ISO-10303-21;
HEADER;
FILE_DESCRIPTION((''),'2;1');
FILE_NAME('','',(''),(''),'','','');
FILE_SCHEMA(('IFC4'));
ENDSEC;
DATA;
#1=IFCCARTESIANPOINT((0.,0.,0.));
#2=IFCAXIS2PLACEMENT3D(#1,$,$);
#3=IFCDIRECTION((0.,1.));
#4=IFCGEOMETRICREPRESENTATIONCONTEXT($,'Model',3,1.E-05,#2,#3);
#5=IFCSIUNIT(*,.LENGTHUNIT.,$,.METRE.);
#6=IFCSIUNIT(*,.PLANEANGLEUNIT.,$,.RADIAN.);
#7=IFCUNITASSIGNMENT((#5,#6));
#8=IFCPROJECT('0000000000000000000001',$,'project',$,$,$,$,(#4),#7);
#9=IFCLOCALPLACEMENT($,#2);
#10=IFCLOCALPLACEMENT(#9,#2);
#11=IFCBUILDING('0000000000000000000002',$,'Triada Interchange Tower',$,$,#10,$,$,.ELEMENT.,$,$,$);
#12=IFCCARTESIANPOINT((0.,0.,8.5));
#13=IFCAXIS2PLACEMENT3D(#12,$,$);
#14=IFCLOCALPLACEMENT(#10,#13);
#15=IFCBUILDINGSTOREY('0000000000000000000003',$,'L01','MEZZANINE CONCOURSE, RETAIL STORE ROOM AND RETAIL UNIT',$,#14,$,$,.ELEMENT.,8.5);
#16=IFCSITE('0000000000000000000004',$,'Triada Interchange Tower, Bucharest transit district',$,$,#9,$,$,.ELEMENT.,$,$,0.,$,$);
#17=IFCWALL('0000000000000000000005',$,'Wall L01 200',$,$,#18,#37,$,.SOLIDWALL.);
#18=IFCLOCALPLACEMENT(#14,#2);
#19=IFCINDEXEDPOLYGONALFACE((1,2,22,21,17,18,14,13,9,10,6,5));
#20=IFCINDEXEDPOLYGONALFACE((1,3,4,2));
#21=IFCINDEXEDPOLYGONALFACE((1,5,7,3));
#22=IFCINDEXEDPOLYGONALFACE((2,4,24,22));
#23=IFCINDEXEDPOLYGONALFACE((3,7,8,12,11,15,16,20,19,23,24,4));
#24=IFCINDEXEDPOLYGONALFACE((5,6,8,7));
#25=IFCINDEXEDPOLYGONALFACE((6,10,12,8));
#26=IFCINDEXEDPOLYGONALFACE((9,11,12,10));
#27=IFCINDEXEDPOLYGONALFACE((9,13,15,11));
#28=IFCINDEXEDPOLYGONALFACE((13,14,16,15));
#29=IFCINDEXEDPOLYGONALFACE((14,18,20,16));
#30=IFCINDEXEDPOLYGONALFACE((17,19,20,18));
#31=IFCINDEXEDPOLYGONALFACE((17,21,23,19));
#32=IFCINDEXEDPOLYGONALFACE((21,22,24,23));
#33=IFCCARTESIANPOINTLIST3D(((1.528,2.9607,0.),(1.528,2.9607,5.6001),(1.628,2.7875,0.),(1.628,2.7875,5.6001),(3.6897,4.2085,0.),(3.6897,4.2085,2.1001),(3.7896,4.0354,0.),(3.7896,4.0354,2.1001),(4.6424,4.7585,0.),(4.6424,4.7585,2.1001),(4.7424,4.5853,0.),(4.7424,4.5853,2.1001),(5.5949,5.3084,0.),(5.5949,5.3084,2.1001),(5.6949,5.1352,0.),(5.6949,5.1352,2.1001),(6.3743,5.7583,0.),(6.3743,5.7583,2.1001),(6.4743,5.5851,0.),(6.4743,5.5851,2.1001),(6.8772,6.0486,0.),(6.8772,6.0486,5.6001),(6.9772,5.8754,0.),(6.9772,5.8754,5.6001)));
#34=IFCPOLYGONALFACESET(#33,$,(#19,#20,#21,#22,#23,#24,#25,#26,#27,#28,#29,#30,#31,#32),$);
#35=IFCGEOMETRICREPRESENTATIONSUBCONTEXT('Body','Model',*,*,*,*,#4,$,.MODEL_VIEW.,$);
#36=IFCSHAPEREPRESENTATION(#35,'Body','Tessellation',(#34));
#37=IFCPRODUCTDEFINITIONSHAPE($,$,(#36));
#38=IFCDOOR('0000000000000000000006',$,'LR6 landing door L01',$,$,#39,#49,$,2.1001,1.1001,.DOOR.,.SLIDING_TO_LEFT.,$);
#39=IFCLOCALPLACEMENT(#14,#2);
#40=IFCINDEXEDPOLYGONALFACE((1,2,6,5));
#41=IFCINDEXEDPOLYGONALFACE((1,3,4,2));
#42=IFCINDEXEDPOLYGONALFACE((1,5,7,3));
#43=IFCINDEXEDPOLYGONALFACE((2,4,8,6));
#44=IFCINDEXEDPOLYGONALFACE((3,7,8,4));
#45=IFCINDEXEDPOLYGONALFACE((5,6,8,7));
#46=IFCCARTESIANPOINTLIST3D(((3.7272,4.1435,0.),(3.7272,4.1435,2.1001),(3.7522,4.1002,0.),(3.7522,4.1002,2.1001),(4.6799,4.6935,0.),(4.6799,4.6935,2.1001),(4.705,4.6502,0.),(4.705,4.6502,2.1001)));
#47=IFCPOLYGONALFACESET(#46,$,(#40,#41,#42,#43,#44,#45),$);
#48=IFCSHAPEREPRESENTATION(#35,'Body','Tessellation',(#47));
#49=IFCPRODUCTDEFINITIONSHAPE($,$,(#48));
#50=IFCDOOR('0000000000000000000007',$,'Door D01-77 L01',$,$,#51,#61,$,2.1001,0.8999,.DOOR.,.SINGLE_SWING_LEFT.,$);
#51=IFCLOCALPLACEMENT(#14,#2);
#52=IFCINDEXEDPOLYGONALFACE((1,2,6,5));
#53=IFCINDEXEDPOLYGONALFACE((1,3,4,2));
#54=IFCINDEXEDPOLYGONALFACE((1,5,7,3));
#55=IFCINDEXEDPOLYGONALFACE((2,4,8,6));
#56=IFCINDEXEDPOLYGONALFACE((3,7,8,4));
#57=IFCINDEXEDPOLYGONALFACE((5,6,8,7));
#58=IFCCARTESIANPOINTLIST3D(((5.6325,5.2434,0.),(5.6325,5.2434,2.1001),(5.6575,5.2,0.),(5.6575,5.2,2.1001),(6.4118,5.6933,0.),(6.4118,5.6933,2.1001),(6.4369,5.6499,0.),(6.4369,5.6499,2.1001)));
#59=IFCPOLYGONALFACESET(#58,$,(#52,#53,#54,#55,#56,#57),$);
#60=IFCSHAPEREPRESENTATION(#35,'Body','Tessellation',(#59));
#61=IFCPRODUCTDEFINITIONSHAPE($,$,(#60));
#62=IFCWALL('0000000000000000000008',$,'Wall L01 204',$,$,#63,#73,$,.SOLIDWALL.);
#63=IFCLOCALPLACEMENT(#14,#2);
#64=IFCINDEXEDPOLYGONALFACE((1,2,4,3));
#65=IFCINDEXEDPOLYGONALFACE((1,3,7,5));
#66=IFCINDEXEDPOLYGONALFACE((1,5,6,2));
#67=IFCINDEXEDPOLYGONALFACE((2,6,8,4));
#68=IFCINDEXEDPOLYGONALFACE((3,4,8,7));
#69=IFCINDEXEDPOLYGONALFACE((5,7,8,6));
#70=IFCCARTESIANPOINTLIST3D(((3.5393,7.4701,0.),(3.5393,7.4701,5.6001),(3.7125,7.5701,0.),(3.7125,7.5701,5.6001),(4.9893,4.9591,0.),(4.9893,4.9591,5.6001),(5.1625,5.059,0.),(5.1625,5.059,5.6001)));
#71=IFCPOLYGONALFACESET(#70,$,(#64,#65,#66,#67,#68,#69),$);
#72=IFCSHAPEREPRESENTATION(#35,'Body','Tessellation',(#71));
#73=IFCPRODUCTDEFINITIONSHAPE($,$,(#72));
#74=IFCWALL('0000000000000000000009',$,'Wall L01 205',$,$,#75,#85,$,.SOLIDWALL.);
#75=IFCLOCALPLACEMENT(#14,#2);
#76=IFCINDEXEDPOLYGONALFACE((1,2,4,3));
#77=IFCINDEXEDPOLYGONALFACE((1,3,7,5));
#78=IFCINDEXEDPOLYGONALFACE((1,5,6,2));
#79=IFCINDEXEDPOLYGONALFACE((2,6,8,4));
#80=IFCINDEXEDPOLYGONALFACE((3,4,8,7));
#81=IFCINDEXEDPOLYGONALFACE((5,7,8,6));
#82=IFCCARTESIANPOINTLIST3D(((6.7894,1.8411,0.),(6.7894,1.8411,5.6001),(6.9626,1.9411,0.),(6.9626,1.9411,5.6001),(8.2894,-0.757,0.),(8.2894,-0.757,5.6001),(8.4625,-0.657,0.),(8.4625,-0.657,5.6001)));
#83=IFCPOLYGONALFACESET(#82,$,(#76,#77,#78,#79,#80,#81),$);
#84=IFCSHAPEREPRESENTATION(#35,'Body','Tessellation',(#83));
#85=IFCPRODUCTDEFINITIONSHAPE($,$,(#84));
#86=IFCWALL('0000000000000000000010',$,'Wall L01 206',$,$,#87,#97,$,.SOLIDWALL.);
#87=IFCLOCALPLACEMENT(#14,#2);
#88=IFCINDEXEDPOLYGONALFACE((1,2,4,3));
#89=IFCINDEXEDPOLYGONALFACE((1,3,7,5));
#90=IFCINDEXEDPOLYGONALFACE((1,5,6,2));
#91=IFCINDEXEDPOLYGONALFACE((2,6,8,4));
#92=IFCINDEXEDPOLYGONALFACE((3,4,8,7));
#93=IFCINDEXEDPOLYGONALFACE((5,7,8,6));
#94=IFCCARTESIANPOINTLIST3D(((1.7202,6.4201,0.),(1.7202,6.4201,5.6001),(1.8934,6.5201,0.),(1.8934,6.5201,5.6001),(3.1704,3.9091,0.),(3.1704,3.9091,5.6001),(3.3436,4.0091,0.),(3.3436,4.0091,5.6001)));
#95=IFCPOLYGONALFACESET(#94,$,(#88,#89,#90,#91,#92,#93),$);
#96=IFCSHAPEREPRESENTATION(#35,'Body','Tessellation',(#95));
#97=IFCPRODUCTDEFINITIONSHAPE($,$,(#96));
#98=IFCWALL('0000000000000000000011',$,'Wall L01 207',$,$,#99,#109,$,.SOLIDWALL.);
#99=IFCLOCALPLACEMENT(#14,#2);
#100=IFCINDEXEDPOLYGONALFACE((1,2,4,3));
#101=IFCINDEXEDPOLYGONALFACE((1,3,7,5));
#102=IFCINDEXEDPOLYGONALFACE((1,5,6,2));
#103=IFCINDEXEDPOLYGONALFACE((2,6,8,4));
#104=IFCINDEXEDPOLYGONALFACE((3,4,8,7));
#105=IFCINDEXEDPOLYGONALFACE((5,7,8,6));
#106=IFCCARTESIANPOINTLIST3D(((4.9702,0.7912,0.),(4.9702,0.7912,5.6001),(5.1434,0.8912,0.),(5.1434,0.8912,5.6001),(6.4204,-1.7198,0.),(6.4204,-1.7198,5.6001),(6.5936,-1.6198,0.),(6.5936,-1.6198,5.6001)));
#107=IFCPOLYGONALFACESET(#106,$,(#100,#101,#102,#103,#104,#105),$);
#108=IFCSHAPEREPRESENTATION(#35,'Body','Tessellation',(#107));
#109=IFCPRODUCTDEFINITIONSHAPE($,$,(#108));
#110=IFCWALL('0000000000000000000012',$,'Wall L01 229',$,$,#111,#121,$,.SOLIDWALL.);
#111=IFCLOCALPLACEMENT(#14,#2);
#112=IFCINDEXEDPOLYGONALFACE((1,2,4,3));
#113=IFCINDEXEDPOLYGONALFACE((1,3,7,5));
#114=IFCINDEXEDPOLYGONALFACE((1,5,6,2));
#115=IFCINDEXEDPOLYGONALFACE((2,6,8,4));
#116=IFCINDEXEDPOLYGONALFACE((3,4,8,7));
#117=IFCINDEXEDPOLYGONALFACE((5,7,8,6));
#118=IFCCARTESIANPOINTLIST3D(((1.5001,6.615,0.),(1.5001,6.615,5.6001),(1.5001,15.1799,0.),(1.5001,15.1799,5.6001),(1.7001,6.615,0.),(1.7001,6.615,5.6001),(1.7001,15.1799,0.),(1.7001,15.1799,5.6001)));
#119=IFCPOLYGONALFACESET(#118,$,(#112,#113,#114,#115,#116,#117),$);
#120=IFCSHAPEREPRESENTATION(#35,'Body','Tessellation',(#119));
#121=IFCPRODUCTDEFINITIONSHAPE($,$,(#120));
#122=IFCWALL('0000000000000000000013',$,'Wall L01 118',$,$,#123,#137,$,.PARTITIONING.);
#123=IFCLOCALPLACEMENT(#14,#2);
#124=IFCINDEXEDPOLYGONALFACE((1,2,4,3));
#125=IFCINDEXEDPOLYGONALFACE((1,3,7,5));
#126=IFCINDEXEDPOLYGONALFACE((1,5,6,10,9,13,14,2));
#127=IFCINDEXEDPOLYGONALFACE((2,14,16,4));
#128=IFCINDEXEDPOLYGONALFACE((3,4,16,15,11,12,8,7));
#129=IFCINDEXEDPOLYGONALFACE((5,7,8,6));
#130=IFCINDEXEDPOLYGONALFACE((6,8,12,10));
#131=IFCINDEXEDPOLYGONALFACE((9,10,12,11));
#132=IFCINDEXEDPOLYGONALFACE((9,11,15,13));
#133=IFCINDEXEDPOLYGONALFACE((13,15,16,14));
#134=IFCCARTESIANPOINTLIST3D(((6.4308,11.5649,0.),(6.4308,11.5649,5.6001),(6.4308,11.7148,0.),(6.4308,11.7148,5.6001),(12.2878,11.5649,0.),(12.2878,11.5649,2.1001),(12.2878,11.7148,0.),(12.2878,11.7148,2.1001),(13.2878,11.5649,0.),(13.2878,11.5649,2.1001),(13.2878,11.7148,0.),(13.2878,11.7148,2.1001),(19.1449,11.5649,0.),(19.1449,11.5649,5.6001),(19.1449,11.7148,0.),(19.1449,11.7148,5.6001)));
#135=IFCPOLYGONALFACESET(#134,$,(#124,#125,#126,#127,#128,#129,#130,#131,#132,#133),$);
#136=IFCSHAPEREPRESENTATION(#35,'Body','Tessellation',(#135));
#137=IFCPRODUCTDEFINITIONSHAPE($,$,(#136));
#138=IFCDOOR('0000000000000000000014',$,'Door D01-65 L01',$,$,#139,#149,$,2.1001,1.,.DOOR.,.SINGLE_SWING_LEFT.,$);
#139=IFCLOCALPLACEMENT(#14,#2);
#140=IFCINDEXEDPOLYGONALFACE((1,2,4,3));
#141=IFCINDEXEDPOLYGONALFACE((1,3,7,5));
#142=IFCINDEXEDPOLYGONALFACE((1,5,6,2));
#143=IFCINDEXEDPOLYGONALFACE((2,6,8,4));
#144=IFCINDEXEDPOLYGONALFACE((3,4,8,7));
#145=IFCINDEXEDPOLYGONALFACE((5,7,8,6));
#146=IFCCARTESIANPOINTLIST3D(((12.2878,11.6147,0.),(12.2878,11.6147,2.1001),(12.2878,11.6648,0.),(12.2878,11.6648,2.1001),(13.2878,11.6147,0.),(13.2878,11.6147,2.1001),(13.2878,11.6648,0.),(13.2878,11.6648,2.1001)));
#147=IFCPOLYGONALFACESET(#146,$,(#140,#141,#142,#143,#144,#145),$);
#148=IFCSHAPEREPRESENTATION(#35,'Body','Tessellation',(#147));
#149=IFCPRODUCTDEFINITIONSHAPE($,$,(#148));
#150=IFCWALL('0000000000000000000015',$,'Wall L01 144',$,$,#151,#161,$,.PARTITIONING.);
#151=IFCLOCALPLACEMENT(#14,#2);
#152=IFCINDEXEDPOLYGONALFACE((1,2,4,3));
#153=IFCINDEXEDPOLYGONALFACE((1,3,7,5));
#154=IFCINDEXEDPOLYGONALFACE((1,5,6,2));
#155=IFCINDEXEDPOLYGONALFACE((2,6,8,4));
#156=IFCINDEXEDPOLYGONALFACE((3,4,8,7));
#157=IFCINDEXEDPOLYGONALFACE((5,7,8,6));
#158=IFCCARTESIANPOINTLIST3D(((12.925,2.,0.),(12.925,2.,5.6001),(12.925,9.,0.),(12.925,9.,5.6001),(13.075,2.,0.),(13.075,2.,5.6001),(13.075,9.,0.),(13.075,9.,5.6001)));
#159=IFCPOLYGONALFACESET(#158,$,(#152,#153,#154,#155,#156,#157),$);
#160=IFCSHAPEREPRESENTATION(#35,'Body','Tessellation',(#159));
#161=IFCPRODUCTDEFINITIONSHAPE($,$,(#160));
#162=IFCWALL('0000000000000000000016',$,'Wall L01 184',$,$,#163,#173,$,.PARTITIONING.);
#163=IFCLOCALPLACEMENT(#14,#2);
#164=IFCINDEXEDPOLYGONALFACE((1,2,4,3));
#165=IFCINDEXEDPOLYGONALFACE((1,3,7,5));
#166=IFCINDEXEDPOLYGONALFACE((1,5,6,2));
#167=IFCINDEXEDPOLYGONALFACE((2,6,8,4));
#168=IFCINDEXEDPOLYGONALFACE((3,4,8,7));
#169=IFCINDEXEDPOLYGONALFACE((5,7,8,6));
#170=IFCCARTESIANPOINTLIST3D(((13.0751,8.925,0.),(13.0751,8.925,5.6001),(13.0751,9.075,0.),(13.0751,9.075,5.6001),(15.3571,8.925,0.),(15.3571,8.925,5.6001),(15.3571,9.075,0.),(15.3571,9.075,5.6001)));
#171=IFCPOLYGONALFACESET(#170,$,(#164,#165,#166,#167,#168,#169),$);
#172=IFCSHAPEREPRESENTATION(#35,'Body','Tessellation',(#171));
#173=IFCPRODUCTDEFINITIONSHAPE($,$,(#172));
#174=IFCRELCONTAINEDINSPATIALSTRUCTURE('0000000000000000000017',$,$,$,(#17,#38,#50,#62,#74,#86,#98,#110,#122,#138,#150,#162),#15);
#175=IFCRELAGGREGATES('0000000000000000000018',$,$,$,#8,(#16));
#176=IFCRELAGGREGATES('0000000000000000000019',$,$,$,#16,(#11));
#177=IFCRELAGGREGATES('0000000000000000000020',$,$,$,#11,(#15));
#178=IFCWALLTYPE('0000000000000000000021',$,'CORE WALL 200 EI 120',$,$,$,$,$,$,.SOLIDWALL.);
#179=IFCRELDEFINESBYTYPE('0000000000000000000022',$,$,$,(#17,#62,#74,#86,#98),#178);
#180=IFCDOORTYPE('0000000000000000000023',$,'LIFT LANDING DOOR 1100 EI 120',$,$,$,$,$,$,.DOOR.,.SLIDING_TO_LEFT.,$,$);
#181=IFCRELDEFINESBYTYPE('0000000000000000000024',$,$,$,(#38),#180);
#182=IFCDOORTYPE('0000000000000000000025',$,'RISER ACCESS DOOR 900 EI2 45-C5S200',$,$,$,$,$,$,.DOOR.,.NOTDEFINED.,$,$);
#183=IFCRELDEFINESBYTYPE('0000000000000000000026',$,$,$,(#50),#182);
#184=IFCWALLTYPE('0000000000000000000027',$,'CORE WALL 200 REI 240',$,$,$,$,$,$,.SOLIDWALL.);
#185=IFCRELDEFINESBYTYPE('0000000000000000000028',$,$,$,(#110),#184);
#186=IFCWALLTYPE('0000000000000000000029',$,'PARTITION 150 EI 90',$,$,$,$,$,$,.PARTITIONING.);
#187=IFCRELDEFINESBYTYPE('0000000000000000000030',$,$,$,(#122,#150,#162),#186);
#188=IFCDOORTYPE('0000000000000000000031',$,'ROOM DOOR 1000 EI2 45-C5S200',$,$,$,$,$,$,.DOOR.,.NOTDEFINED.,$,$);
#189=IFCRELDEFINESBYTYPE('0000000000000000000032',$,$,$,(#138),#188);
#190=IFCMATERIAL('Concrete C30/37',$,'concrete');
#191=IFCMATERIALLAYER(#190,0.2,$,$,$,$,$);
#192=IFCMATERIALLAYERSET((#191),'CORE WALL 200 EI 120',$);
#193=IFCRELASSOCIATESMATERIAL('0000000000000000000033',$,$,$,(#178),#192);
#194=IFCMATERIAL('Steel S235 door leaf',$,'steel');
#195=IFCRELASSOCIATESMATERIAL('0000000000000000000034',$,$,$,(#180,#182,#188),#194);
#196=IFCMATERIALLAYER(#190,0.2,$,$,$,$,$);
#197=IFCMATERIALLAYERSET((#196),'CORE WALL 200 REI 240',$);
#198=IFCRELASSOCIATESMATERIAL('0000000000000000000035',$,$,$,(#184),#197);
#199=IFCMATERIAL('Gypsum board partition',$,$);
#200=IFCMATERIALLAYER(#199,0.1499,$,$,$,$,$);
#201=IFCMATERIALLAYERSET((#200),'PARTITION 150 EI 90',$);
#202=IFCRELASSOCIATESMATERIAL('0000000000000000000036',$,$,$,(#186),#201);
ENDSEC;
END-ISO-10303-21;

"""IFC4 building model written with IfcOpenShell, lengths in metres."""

from ifc_helpers import new_model, si_unit, direction, frame, frame_2d, origin, place, context, subcontext, project, spatial, rectangle, extrude, material, layer, layer_set, type_object, element, fill, save


model = new_model("IFC4")

# Units and contexts
model_context = context("Model", 3, precision=1e-05, world=origin(), true_north=direction((0.0, 1.0)))
body_context = subcontext(model_context, "Body", "Model", "MODEL_VIEW")
ifc_project = project(units=[si_unit("LENGTHUNIT", "METRE"), si_unit("PLANEANGLEUNIT", "RADIAN")], contexts=[model_context])

# Site, building, storey
site_placement = place(None, origin())
site = spatial("IfcSite", under=ifc_project, at=site_placement, Name="Triada Interchange Tower, Bucharest transit district", CompositionType="ELEMENT", RefElevation=0.0)
building_placement = place(site_placement, origin())
building = spatial("IfcBuilding", under=site, at=building_placement, Name="Triada Interchange Tower", CompositionType="ELEMENT")
storey_placement = place(building_placement, frame((0.0, 0.0, 8.5)))
storey = spatial("IfcBuildingStorey", under=building, at=storey_placement, Name="L01", Description="MEZZANINE CONCOURSE, RETAIL STORE ROOM AND RETAIL UNIT", CompositionType="ELEMENT", Elevation=8.5)

# Shared definitions
ifc_material_1 = material(Name="Concrete C30/37", Category="concrete")
ifc_layer_1 = layer(ifc_material_1, 0.2)
ifc_layer_set_1 = layer_set([ifc_layer_1], Name="CORE WALL 200 EI 120")
wall_type_1 = type_object("IfcWallType", Name="CORE WALL 200 EI 120", PredefinedType="SOLIDWALL", material=ifc_layer_set_1)
ifc_material_2 = material(Name="Steel S235 door leaf", Category="steel")
door_type_1 = type_object("IfcDoorType", Name="LIFT LANDING DOOR 1100 EI 120", OperationType="SLIDING_TO_LEFT", PredefinedType="DOOR", material=ifc_material_2)

# Wall, openings, doors
wall_1_placement = place(storey_placement, frame((1.5779, 2.874, 0.0), z_axis=(0.0, 0.0, 1.0), x_axis=(0.866055, 0.499948, 0.0)))
wall_1 = element("IfcWall", 1, at=wall_1_placement, inside=storey, type_object=wall_type_1, Name="Wall L01 200", PredefinedType="SOLIDWALL", context=body_context, shape_type="SweptSolid", body=[
    extrude(rectangle(XDim=6.1765, YDim=0.2, at=frame_2d((3.0884, 0.0))), origin(), (0.0, 0.0, 1.0), 5.6001),
])
opening_1_placement = place(wall_1_placement, frame((2.4961, 0.0, 0.0)))
opening_1 = element("IfcOpeningElement", 2, at=opening_1_placement, cuts=wall_1, PredefinedType="OPENING", context=body_context, shape_type="SweptSolid", body=[
    extrude(rectangle(XDim=1.1001, YDim=2.1001, at=frame_2d((0.55, 1.05))), frame((0.0, 0.1099, 0.0), z_axis=(0.0, -1.0, 0.0), x_axis=(1.0, 0.0, 0.0)), (0.0, 0.0, 1.0), 0.22),
])
opening_2_placement = place(wall_1_placement, frame((4.696, 0.0, 0.0)))
opening_2 = element("IfcOpeningElement", 3, at=opening_2_placement, cuts=wall_1, PredefinedType="OPENING", context=body_context, shape_type="SweptSolid", body=[
    extrude(rectangle(XDim=0.8999, YDim=2.1001, at=frame_2d((0.45, 1.05))), frame((0.0, 0.1099, 0.0), z_axis=(0.0, -1.0, 0.0), x_axis=(1.0, 0.0, 0.0)), (0.0, 0.0, 1.0), 0.22),
])
door_1_placement = place(opening_1_placement, origin())
door_1 = element("IfcDoor", 4, at=door_1_placement, inside=storey, type_object=door_type_1, Name="LR6 landing door L01", OperationType="SLIDING_TO_LEFT", OverallHeight=2.1001, OverallWidth=1.1001, PredefinedType="DOOR", context=body_context, shape_type="SweptSolid", body=[
    extrude(rectangle(XDim=1.1001, YDim=2.1001, at=frame_2d((0.55, 1.05))), frame((0.0, 0.0249, 0.0), z_axis=(0.0, -1.0, 0.0), x_axis=(1.0, 0.0, 0.0)), (0.0, 0.0, 1.0), 0.05),
])
fill(opening_1, door_1)
door_type_2 = type_object("IfcDoorType", Name="RISER ACCESS DOOR 900 EI2 45-C5S200", OperationType="NOTDEFINED", PredefinedType="DOOR", material=ifc_material_2)
door_2_placement = place(opening_2_placement, origin())
door_2 = element("IfcDoor", 5, at=door_2_placement, inside=storey, type_object=door_type_2, Name="Door D01-77 L01", OperationType="SINGLE_SWING_LEFT", OverallHeight=2.1001, OverallWidth=0.8999, PredefinedType="DOOR", context=body_context, shape_type="SweptSolid", body=[
    extrude(rectangle(XDim=0.8999, YDim=2.1001, at=frame_2d((0.45, 1.05))), frame((0.0, 0.0249, 0.0), z_axis=(0.0, -1.0, 0.0), x_axis=(1.0, 0.0, 0.0)), (0.0, 0.0, 1.0), 0.05),
])
fill(opening_2, door_2)

# Walls
wall_2_placement = place(storey_placement, frame((3.626, 7.52, 0.0), z_axis=(0.0, 0.0, 1.0), x_axis=(0.50006, -0.865991, 0.0)))
element("IfcWall", 6, at=wall_2_placement, inside=storey, type_object=wall_type_1, Name="Wall L01 204", PredefinedType="SOLIDWALL", context=body_context, shape_type="SweptSolid", body=[
    extrude(rectangle(XDim=2.8997, YDim=0.2, at=frame_2d((1.4497, 0.0))), origin(), (0.0, 0.0, 1.0), 5.6001),
])
wall_3_placement = place(storey_placement, frame((6.876, 1.8911, 0.0), z_axis=(0.0, 0.0, 1.0), x_axis=(0.49999, -0.866031, 0.0)))
element("IfcWall", 7, at=wall_3_placement, inside=storey, type_object=wall_type_1, Name="Wall L01 205", PredefinedType="SOLIDWALL", context=body_context, shape_type="SweptSolid", body=[
    extrude(rectangle(XDim=3.0, YDim=0.2, at=frame_2d((1.5, 0.0))), origin(), (0.0, 0.0, 1.0), 5.6001),
])
for number, where, z_axis, x_axis, name in (
    (8, (1.8069, 6.47, 0.0), (0.0, 0.0, 1.0), (0.500123, -0.865954, 0.0), "Wall L01 206"),
    (9, (5.0569, 0.8411, 0.0), (0.0, 0.0, 1.0), (0.500123, -0.865954, 0.0), "Wall L01 207"),
):
    element("IfcWall", number, at=place(storey_placement, frame(where, z_axis=z_axis, x_axis=x_axis)), inside=storey, type_object=wall_type_1, Name=name, PredefinedType="SOLIDWALL", context=body_context, shape_type="SweptSolid", body=[
        extrude(rectangle(XDim=2.8997, YDim=0.2, at=frame_2d((1.4497, 0.0))), origin(), (0.0, 0.0, 1.0), 5.6001),
    ])
ifc_layer_2 = layer(ifc_material_1, 0.2)
ifc_layer_set_2 = layer_set([ifc_layer_2], Name="CORE WALL 200 REI 240")
wall_type_2 = type_object("IfcWallType", Name="CORE WALL 200 REI 240", PredefinedType="SOLIDWALL", material=ifc_layer_set_2)
wall_4_placement = place(storey_placement, frame((1.6001, 6.615, 0.0), z_axis=(0.0, 0.0, 1.0), x_axis=(0.0, 1.0, 0.0)))
element("IfcWall", 10, at=wall_4_placement, inside=storey, type_object=wall_type_2, Name="Wall L01 229", PredefinedType="SOLIDWALL", context=body_context, shape_type="SweptSolid", body=[
    extrude(rectangle(XDim=8.5649, YDim=0.2, at=frame_2d((4.2825, 0.0))), origin(), (0.0, 0.0, 1.0), 5.6001),
])

# Wall, opening, door
ifc_material_3 = material(Name="Gypsum board partition")
ifc_layer_3 = layer(ifc_material_3, 0.1499)
ifc_layer_set_3 = layer_set([ifc_layer_3], Name="PARTITION 150 EI 90")
wall_type_3 = type_object("IfcWallType", Name="PARTITION 150 EI 90", PredefinedType="PARTITIONING", material=ifc_layer_set_3)
wall_5_placement = place(storey_placement, frame((6.4309, 11.6399, 0.0), z_axis=(0.0, 0.0, 1.0), x_axis=(1.0, 0.0, 0.0)))
wall_5 = element("IfcWall", 11, at=wall_5_placement, inside=storey, type_object=wall_type_3, Name="Wall L01 118", PredefinedType="PARTITIONING", context=body_context, shape_type="SweptSolid", body=[
    extrude(rectangle(XDim=12.7141, YDim=0.1499, at=frame_2d((6.3569, 0.0))), origin(), (0.0, 0.0, 1.0), 5.6001),
])
opening_3_placement = place(wall_5_placement, frame((5.8569, 0.0, 0.0)))
opening_3 = element("IfcOpeningElement", 12, at=opening_3_placement, cuts=wall_5, PredefinedType="OPENING", context=body_context, shape_type="SweptSolid", body=[
    extrude(rectangle(XDim=1.0, YDim=2.1001, at=frame_2d((0.5, 1.05))), frame((0.0, 0.085, 0.0), z_axis=(0.0, -1.0, 0.0), x_axis=(1.0, 0.0, 0.0)), (0.0, 0.0, 1.0), 0.1699),
])
door_type_3 = type_object("IfcDoorType", Name="ROOM DOOR 1000 EI2 45-C5S200", OperationType="NOTDEFINED", PredefinedType="DOOR", material=ifc_material_2)
door_3_placement = place(opening_3_placement, origin())
door_3 = element("IfcDoor", 13, at=door_3_placement, inside=storey, type_object=door_type_3, Name="Door D01-65 L01", OperationType="SINGLE_SWING_LEFT", OverallHeight=2.1001, OverallWidth=1.0, PredefinedType="DOOR", context=body_context, shape_type="SweptSolid", body=[
    extrude(rectangle(XDim=1.0, YDim=2.1001, at=frame_2d((0.5, 1.05))), frame((0.0, 0.0249, 0.0), z_axis=(0.0, -1.0, 0.0), x_axis=(1.0, 0.0, 0.0)), (0.0, 0.0, 1.0), 0.05),
])
fill(opening_3, door_3)

# Walls
wall_6_placement = place(storey_placement, frame((13.0, 2.0, 0.0), z_axis=(0.0, 0.0, 1.0), x_axis=(0.0, 1.0, 0.0)))
element("IfcWall", 14, at=wall_6_placement, inside=storey, type_object=wall_type_3, Name="Wall L01 144", PredefinedType="PARTITIONING", context=body_context, shape_type="SweptSolid", body=[
    extrude(rectangle(XDim=7.0, YDim=0.1499, at=frame_2d((3.5, 0.0))), origin(), (0.0, 0.0, 1.0), 5.6001),
])
wall_7_placement = place(storey_placement, frame((13.075, 9.0, 0.0), z_axis=(0.0, 0.0, 1.0), x_axis=(1.0, 0.0, 0.0)))
element("IfcWall", 15, at=wall_7_placement, inside=storey, type_object=wall_type_3, Name="Wall L01 184", PredefinedType="PARTITIONING", context=body_context, shape_type="SweptSolid", body=[
    extrude(rectangle(XDim=2.282, YDim=0.1499, at=frame_2d((1.1411, 0.0))), origin(), (0.0, 0.0, 1.0), 5.6001),
])

save(model, "model.ifc")
